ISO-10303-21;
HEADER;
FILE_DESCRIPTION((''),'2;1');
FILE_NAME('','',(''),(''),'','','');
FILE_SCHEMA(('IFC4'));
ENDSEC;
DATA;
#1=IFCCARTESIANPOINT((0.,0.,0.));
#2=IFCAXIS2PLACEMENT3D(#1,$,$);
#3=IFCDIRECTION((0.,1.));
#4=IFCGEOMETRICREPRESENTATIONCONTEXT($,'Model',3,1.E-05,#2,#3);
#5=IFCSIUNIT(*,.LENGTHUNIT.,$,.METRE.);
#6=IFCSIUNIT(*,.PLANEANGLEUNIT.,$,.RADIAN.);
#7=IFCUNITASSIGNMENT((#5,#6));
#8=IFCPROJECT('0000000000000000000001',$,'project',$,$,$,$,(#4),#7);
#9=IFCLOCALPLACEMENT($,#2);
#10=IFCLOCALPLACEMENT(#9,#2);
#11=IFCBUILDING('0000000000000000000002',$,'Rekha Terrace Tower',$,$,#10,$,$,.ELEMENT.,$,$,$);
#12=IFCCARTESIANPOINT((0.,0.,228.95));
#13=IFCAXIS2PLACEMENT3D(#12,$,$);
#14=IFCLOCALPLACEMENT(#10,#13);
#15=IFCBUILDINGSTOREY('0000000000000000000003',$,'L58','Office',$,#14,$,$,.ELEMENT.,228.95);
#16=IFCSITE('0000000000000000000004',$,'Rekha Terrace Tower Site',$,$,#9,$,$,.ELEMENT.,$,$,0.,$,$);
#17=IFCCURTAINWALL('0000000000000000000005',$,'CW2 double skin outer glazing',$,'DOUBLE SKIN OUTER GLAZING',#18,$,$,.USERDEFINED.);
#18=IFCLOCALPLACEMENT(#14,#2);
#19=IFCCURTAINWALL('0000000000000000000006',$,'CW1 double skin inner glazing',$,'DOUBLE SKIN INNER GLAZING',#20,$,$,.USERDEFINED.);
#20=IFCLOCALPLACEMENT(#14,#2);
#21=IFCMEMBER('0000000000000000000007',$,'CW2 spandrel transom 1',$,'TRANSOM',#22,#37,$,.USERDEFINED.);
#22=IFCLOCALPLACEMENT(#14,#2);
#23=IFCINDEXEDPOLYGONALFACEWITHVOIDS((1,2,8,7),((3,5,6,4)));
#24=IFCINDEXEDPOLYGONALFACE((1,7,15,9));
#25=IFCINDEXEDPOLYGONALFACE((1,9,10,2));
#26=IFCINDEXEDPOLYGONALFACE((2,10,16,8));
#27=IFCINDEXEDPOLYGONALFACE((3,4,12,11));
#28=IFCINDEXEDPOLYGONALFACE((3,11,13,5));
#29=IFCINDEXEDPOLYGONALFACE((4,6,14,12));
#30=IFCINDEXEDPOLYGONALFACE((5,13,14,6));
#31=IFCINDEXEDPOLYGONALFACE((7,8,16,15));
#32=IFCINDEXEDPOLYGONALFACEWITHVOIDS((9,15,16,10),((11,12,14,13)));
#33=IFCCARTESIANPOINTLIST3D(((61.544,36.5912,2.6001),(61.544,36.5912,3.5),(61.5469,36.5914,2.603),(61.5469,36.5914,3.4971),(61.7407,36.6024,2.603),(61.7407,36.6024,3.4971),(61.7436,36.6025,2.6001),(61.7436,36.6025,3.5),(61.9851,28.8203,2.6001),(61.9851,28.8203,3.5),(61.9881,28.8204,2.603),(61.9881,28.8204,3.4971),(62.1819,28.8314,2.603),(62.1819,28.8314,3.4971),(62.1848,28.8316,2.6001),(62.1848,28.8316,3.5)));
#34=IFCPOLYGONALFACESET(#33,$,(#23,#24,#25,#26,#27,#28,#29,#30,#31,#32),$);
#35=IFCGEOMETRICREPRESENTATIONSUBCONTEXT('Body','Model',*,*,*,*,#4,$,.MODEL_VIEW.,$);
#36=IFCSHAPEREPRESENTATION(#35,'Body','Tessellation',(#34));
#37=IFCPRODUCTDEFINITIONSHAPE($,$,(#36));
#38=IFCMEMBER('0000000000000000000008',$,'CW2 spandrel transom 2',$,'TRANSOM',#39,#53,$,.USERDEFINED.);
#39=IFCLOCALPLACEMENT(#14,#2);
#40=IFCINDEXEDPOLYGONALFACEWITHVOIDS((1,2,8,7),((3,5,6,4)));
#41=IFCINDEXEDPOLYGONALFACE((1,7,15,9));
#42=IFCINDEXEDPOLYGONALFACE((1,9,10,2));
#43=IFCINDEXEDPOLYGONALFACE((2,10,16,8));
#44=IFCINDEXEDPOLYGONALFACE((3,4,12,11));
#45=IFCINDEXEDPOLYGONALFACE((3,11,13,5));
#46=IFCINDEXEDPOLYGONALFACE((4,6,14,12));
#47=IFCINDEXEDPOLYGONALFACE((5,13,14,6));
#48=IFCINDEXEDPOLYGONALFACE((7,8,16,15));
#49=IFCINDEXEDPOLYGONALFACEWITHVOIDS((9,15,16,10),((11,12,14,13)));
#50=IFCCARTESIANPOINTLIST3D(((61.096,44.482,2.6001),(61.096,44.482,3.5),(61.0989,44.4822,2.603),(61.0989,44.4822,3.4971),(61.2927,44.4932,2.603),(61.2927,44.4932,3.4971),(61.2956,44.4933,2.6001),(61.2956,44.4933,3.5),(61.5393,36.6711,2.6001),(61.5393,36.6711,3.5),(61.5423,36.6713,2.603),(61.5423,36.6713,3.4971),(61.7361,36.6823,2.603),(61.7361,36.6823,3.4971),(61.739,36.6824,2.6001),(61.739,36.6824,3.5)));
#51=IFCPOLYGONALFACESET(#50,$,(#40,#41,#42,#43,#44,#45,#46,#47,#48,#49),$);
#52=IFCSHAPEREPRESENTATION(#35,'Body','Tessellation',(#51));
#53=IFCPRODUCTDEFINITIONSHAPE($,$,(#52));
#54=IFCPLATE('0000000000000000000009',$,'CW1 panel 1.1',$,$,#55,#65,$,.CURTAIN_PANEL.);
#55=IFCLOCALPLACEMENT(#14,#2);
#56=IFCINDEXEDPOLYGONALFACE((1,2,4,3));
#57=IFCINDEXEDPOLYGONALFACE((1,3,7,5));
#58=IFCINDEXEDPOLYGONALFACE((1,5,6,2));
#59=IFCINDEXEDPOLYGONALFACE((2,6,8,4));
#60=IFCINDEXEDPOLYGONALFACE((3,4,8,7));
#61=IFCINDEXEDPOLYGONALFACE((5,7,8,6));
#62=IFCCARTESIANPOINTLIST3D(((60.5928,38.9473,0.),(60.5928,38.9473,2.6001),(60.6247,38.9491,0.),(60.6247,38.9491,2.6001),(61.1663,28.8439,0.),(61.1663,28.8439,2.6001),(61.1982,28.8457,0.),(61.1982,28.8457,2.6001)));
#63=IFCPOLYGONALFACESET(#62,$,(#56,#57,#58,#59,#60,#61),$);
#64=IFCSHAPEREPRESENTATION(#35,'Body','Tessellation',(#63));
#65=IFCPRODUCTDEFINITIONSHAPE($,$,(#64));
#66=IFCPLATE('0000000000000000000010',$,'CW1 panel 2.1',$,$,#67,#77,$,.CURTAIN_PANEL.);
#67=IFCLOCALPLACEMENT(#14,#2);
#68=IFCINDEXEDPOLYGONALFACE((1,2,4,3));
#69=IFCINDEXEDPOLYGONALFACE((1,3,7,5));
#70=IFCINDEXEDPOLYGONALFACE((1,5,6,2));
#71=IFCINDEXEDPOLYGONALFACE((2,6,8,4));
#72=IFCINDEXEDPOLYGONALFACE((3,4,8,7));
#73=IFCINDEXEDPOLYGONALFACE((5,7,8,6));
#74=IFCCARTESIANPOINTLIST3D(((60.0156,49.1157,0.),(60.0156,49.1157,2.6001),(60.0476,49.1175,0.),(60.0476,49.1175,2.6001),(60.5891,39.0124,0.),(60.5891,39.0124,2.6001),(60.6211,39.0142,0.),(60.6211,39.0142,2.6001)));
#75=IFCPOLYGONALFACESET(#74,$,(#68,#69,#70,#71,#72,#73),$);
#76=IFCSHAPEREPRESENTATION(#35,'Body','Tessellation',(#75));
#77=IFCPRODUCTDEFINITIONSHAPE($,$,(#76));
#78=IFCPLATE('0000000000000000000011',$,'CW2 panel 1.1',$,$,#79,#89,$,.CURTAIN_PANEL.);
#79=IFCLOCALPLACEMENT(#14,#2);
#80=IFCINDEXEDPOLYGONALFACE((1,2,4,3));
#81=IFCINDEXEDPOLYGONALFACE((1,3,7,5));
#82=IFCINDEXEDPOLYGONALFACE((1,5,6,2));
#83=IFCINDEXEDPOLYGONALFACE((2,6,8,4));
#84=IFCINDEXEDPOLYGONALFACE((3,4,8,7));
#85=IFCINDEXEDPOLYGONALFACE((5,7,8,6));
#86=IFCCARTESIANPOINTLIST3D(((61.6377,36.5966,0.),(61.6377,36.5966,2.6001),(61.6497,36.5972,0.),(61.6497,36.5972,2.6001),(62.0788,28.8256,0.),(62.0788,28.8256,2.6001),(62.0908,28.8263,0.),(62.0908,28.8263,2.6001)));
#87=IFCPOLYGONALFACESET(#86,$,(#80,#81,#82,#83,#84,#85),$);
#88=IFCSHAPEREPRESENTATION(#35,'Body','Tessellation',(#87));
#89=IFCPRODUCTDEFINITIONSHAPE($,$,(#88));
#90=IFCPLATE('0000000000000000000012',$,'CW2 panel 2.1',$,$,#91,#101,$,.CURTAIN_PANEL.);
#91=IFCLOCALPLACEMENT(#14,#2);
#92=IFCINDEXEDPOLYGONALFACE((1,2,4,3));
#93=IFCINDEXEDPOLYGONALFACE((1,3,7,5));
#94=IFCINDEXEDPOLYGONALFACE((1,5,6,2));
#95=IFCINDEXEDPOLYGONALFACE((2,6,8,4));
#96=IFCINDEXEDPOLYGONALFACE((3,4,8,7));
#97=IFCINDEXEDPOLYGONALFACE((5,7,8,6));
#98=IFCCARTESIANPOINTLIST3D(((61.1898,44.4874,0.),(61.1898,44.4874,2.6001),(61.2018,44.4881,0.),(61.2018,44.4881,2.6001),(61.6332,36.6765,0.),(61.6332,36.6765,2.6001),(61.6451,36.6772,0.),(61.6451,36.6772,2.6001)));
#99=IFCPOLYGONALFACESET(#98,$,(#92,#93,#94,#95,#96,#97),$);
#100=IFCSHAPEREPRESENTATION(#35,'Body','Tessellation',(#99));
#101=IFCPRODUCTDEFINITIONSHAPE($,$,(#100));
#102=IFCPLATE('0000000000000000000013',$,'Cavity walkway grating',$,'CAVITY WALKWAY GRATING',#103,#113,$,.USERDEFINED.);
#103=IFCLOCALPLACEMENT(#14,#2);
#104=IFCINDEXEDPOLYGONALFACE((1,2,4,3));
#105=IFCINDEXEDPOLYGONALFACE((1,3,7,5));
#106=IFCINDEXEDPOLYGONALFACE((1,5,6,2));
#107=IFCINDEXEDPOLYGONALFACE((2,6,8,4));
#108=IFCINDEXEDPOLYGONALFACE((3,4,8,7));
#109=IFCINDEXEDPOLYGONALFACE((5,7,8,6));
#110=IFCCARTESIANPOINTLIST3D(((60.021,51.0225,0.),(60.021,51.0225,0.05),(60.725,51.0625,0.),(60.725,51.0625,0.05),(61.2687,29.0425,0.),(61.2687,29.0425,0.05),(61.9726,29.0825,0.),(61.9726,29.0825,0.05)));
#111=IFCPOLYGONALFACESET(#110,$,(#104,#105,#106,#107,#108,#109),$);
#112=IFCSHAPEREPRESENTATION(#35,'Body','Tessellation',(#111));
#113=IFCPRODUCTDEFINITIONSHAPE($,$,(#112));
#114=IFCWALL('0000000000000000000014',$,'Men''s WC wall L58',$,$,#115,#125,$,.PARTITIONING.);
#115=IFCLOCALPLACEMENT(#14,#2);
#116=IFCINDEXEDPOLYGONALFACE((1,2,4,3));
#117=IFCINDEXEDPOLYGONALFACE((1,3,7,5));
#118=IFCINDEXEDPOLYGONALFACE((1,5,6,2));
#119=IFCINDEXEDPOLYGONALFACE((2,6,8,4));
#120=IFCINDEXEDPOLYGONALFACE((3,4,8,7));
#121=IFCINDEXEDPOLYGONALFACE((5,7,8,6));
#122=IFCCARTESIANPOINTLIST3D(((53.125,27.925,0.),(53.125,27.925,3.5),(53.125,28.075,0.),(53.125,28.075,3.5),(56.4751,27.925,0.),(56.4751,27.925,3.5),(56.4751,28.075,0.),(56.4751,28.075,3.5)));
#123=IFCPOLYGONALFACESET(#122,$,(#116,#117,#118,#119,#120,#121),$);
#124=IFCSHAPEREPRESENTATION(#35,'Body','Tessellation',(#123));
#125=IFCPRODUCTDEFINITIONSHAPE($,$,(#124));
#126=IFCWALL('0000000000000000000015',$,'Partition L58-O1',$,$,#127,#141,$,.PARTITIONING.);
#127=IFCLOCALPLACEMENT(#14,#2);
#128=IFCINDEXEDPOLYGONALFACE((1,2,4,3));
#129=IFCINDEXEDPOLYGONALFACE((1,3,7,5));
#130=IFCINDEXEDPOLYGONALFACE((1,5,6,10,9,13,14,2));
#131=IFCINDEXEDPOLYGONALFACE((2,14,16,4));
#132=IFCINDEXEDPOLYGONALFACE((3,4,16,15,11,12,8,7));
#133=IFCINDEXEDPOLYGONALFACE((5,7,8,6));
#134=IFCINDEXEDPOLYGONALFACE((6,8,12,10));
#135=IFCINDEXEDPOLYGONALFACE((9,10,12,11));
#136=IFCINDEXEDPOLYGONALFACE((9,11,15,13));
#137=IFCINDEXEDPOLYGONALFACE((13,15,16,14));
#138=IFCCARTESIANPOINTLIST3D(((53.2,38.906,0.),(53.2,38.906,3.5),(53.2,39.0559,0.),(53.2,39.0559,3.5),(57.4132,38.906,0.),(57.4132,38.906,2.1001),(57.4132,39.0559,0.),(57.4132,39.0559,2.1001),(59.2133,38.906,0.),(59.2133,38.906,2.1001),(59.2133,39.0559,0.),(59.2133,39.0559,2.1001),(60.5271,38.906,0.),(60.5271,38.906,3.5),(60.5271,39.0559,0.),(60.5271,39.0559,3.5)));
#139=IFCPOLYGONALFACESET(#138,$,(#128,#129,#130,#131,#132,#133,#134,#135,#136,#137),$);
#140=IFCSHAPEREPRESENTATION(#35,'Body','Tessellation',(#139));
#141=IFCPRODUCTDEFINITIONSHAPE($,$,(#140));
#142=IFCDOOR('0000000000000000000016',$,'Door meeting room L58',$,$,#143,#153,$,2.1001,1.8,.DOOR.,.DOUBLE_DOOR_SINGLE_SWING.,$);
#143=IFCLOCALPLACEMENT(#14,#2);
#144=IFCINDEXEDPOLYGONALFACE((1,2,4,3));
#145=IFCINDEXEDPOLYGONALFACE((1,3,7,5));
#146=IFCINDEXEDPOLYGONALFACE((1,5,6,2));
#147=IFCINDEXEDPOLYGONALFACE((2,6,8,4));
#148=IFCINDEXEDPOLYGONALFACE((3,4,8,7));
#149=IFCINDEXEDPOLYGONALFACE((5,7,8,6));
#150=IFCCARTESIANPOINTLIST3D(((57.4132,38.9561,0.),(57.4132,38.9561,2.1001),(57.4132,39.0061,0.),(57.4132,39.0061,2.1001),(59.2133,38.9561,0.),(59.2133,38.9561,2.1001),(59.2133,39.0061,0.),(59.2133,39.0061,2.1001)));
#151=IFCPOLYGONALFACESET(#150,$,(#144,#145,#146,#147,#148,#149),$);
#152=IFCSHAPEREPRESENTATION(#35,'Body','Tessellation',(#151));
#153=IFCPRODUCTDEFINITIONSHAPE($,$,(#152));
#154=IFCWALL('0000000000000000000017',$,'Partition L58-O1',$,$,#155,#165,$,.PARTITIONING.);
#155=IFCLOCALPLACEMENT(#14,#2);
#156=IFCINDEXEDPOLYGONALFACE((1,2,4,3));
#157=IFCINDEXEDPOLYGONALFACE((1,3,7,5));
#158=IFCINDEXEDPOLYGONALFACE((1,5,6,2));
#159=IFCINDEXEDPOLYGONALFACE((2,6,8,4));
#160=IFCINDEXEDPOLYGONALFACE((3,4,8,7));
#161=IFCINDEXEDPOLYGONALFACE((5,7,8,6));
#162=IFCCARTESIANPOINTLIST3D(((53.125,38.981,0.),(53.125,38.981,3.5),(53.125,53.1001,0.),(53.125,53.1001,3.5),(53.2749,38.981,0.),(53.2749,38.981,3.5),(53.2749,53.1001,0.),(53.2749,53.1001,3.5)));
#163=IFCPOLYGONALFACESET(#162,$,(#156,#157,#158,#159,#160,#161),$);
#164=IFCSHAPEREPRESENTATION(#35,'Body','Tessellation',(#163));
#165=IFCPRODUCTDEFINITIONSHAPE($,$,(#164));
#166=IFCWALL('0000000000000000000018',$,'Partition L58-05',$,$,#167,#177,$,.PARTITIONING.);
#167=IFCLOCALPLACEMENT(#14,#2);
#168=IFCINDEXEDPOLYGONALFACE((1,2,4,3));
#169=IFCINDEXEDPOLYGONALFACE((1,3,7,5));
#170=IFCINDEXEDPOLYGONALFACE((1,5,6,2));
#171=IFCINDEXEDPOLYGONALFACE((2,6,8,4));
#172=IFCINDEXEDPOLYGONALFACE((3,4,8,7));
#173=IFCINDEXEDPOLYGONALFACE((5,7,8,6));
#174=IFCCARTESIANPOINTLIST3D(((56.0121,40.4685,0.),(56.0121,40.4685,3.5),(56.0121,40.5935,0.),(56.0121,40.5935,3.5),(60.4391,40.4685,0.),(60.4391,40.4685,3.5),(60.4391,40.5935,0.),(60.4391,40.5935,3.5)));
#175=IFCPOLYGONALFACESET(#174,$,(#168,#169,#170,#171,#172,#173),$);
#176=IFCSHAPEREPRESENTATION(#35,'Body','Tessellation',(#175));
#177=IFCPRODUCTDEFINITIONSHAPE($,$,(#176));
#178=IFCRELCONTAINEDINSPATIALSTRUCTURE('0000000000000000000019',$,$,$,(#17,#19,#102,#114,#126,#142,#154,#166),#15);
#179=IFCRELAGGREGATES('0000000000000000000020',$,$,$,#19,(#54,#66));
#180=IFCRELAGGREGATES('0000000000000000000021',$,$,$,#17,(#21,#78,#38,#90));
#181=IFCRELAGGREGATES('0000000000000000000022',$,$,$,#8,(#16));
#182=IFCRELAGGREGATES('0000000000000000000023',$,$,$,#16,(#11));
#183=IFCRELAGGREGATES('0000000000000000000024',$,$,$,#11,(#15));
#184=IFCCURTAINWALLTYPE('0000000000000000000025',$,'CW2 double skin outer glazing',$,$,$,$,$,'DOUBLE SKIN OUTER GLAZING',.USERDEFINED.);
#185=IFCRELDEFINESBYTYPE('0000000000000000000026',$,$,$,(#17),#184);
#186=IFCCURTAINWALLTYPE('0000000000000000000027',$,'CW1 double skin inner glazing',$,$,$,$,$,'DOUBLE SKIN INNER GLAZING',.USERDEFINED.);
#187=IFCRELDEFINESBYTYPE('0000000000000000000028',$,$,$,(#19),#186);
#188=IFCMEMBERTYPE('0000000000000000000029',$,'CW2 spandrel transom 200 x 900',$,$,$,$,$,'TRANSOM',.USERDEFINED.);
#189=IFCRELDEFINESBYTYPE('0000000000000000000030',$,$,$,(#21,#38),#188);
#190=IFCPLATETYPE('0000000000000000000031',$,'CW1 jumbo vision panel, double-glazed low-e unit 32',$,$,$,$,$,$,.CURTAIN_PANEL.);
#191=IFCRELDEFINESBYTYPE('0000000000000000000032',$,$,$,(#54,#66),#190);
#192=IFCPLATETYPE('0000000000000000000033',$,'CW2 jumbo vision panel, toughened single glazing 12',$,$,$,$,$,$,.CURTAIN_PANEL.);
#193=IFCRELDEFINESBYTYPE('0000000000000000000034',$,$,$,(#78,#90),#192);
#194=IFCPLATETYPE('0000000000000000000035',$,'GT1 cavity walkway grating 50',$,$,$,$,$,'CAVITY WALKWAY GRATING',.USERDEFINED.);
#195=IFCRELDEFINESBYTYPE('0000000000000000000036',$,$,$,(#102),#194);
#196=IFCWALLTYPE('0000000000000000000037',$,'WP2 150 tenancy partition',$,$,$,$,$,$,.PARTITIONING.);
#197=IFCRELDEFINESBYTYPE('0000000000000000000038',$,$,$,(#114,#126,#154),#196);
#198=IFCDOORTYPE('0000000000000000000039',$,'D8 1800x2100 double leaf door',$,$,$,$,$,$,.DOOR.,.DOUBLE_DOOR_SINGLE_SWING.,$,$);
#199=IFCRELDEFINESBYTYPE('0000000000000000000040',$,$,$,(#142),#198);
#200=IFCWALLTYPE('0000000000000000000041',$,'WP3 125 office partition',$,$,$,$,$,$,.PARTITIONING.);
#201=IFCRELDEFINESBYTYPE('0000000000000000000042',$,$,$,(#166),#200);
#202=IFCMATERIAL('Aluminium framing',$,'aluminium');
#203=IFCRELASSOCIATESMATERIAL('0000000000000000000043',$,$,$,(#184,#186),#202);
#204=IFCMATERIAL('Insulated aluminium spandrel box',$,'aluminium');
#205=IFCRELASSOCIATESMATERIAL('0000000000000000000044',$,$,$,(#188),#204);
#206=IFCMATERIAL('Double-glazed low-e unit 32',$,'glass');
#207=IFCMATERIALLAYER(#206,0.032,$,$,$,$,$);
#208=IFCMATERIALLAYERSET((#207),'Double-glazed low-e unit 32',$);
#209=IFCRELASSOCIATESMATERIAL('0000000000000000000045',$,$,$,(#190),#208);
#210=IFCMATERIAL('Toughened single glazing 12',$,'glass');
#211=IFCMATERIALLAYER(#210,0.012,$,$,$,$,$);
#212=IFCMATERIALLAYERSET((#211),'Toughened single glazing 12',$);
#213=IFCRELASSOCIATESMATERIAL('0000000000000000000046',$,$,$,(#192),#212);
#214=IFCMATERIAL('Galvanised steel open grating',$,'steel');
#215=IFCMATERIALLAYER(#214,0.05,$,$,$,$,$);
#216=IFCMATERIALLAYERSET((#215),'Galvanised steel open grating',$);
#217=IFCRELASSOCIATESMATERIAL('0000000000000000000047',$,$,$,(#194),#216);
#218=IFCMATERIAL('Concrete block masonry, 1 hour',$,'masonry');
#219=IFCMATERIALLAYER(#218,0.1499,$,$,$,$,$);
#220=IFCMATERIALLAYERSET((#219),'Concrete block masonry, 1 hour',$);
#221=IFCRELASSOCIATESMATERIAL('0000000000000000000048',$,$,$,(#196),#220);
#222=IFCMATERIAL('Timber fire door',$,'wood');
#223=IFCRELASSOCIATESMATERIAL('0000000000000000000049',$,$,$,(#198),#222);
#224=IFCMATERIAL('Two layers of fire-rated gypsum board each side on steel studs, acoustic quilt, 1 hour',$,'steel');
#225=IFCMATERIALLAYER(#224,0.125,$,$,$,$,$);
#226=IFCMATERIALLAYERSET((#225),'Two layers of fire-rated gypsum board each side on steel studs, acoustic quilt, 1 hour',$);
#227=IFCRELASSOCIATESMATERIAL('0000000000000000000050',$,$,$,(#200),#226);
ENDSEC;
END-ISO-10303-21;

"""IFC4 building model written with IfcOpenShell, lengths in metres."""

from ifc_helpers import new_model, si_unit, direction, frame, frame_2d, origin, origin_2d, place, context, subcontext, project, spatial, rectangle, hollow_rectangle, extrude, material, layer, layer_set, material_profile, profile_set, type_object, element, fill, aggregate, save


model = new_model("IFC4")

# Units and contexts
model_context = context("Model", 3, precision=1e-05, world=origin(), true_north=direction((0.0, 1.0)))
body_context = subcontext(model_context, "Body", "Model", "MODEL_VIEW")
ifc_project = project(units=[si_unit("LENGTHUNIT", "METRE"), si_unit("PLANEANGLEUNIT", "RADIAN")], contexts=[model_context])

# Site, building, storey
site_placement = place(None, origin())
site = spatial("IfcSite", under=ifc_project, at=site_placement, Name="Rekha Terrace Tower Site", CompositionType="ELEMENT", RefElevation=0.0)
building_placement = place(site_placement, origin())
building = spatial("IfcBuilding", under=site, at=building_placement, Name="Rekha Terrace Tower", CompositionType="ELEMENT")
storey_placement = place(building_placement, frame((0.0, 0.0, 228.95)))
storey = spatial("IfcBuildingStorey", under=building, at=storey_placement, Name="L58", Description="Office", CompositionType="ELEMENT", Elevation=228.95)

# Curtain walls
ifc_material_1 = material(Name="Aluminium framing", Category="aluminium")
curtain_wall_type_1 = type_object("IfcCurtainWallType", Name="CW2 double skin outer glazing", ElementType="DOUBLE SKIN OUTER GLAZING", PredefinedType="USERDEFINED", material=ifc_material_1)
curtain_wall_1_placement = place(storey_placement, origin())
curtain_wall_1 = element("IfcCurtainWall", 1, at=curtain_wall_1_placement, inside=storey, type_object=curtain_wall_type_1, Name="CW2 double skin outer glazing", ObjectType="DOUBLE SKIN OUTER GLAZING", PredefinedType="USERDEFINED")
curtain_wall_type_2 = type_object("IfcCurtainWallType", Name="CW1 double skin inner glazing", ElementType="DOUBLE SKIN INNER GLAZING", PredefinedType="USERDEFINED", material=ifc_material_1)
curtain_wall_2_placement = place(storey_placement, origin())
curtain_wall_2 = element("IfcCurtainWall", 2, at=curtain_wall_2_placement, inside=storey, type_object=curtain_wall_type_2, Name="CW1 double skin inner glazing", ObjectType="DOUBLE SKIN INNER GLAZING", PredefinedType="USERDEFINED")
ifc_material_2 = material(Name="Insulated aluminium spandrel box", Category="aluminium")

# Members
ifc_material_profile_1 = material_profile(ifc_material_2, hollow_rectangle(XDim=0.2, YDim=0.8999, WallThickness=0.0029, at=origin_2d()), Name="AL SPANDREL BOX 200x900")
ifc_profile_set_1 = profile_set([ifc_material_profile_1], Name="Insulated aluminium spandrel box")
member_type_1 = type_object("IfcMemberType", Name="CW2 spandrel transom 200 x 900", ElementType="TRANSOM", PredefinedType="USERDEFINED", material=ifc_profile_set_1)
member_1_placement = place(storey_placement, frame((62.085, 28.8259, 3.05), z_axis=(-0.056679, 0.998392, 0.0), x_axis=(-0.998392, -0.056679, 0.0)))
member_1 = element("IfcMember", 3, at=member_1_placement, type_object=member_type_1, Name="CW2 spandrel transom 1", ObjectType="TRANSOM", PredefinedType="USERDEFINED", context=body_context, shape_type="SweptSolid", body=[
    extrude(hollow_rectangle(XDim=0.2, YDim=0.8999, WallThickness=0.0029, at=origin_2d()), origin(), (0.0, 0.0, 1.0), 7.7834),
])
member_2_placement = place(storey_placement, frame((61.6392, 36.6768, 3.05), z_axis=(-0.056669, 0.998393, 0.0), x_axis=(-0.998393, -0.056669, 0.0)))
member_2 = element("IfcMember", 4, at=member_2_placement, type_object=member_type_1, Name="CW2 spandrel transom 2", ObjectType="TRANSOM", PredefinedType="USERDEFINED", context=body_context, shape_type="SweptSolid", body=[
    extrude(hollow_rectangle(XDim=0.2, YDim=0.8999, WallThickness=0.0029, at=origin_2d()), origin(), (0.0, 0.0, 1.0), 7.8235),
])

# Plates
ifc_material_3 = material(Name="Double-glazed low-e unit 32", Category="glass")
ifc_layer_1 = layer(ifc_material_3, 0.032)
ifc_layer_set_1 = layer_set([ifc_layer_1], Name="Double-glazed low-e unit 32")
plate_type_1 = type_object("IfcPlateType", Name="CW1 jumbo vision panel, double-glazed low-e unit 32", PredefinedType="CURTAIN_PANEL", material=ifc_layer_set_1)
plate_1_placement = place(storey_placement, frame((60.8955, 33.8965, 0.0), z_axis=(0.0, 0.0, 1.0), x_axis=(-0.056673, 0.998393, 0.0)))
plate_1 = element("IfcPlate", 5, at=plate_1_placement, type_object=plate_type_1, Name="CW1 panel 1.1", PredefinedType="CURTAIN_PANEL", context=body_context, shape_type="SweptSolid", body=[
    extrude(rectangle(XDim=10.1196, YDim=0.032, at=origin_2d()), origin(), (0.0, 0.0, 1.0), 2.6001),
])
plate_2_placement = place(storey_placement, frame((60.3184, 44.0649, 0.0), z_axis=(0.0, 0.0, 1.0), x_axis=(-0.056673, 0.998393, 0.0)))
plate_2 = element("IfcPlate", 6, at=plate_2_placement, type_object=plate_type_1, Name="CW1 panel 2.1", PredefinedType="CURTAIN_PANEL", context=body_context, shape_type="SweptSolid", body=[
    extrude(rectangle(XDim=10.1196, YDim=0.032, at=origin_2d()), origin(), (0.0, 0.0, 1.0), 2.6001),
])
aggregate(curtain_wall_2, [plate_1, plate_2])
ifc_material_4 = material(Name="Toughened single glazing 12", Category="glass")
ifc_layer_2 = layer(ifc_material_4, 0.012)
ifc_layer_set_2 = layer_set([ifc_layer_2], Name="Toughened single glazing 12")
plate_type_2 = type_object("IfcPlateType", Name="CW2 jumbo vision panel, toughened single glazing 12", PredefinedType="CURTAIN_PANEL", material=ifc_layer_set_2)
plate_3_placement = place(storey_placement, frame((61.8643, 32.7114, 0.0), z_axis=(0.0, 0.0, 1.0), x_axis=(-0.056673, 0.998393, 0.0)))
plate_3 = element("IfcPlate", 7, at=plate_3_placement, type_object=plate_type_2, Name="CW2 panel 1.1", PredefinedType="CURTAIN_PANEL", context=body_context, shape_type="SweptSolid", body=[
    extrude(rectangle(XDim=7.7834, YDim=0.012, at=origin_2d()), origin(), (0.0, 0.0, 1.0), 2.6001),
])
plate_4_placement = place(storey_placement, frame((61.4175, 40.5823, 0.0), z_axis=(0.0, 0.0, 1.0), x_axis=(-0.056673, 0.998393, 0.0)))
plate_4 = element("IfcPlate", 8, at=plate_4_placement, type_object=plate_type_2, Name="CW2 panel 2.1", PredefinedType="CURTAIN_PANEL", context=body_context, shape_type="SweptSolid", body=[
    extrude(rectangle(XDim=7.8235, YDim=0.012, at=origin_2d()), origin(), (0.0, 0.0, 1.0), 2.6001),
])
aggregate(curtain_wall_1, [member_1, plate_3, member_2, plate_4])
ifc_material_5 = material(Name="Galvanised steel open grating", Category="steel")
ifc_layer_3 = layer(ifc_material_5, 0.05)
ifc_layer_set_3 = layer_set([ifc_layer_3], Name="Galvanised steel open grating")
plate_type_3 = type_object("IfcPlateType", Name="GT1 cavity walkway grating 50", ElementType="CAVITY WALKWAY GRATING", PredefinedType="USERDEFINED", material=ifc_layer_set_3)
plate_5_placement = place(storey_placement, frame((60.9968, 40.0525, 0.0), z_axis=(0.0, 0.0, 1.0), x_axis=(-0.056673, 0.998393, 0.0)))
element("IfcPlate", 9, at=plate_5_placement, inside=storey, type_object=plate_type_3, Name="Cavity walkway grating", ObjectType="CAVITY WALKWAY GRATING", PredefinedType="USERDEFINED", context=body_context, shape_type="SweptSolid", body=[
    extrude(rectangle(XDim=22.0154, YDim=0.7051, at=origin_2d()), origin(), (0.0, 0.0, 1.0), 0.05),
])

# Wall
ifc_material_6 = material(Name="Concrete block masonry, 1 hour", Category="masonry")
ifc_layer_4 = layer(ifc_material_6, 0.1499)
ifc_layer_set_4 = layer_set([ifc_layer_4], Name="Concrete block masonry, 1 hour")
wall_type_1 = type_object("IfcWallType", Name="WP2 150 tenancy partition", PredefinedType="PARTITIONING", material=ifc_layer_set_4)
wall_1_placement = place(storey_placement, frame((53.125, 28.0, 0.0), z_axis=(0.0, 0.0, 1.0), x_axis=(1.0, 0.0, 0.0)))
element("IfcWall", 10, at=wall_1_placement, inside=storey, type_object=wall_type_1, Name="Men's WC wall L58", PredefinedType="PARTITIONING", context=body_context, shape_type="SweptSolid", body=[
    extrude(rectangle(XDim=3.3501, YDim=0.1499, at=frame_2d((1.675, 0.0))), origin(), (0.0, 0.0, 1.0), 3.5),
])

# Wall, opening, door
wall_2_placement = place(storey_placement, frame((60.5271, 38.981, 0.0), z_axis=(0.0, 0.0, 1.0), x_axis=(-1.0, 0.0, 0.0)))
wall_2 = element("IfcWall", 11, at=wall_2_placement, inside=storey, type_object=wall_type_1, Name="Partition L58-O1", PredefinedType="PARTITIONING", context=body_context, shape_type="SweptSolid", body=[
    extrude(rectangle(XDim=7.3271, YDim=0.1499, at=frame_2d((3.6636, 0.0))), origin(), (0.0, 0.0, 1.0), 3.5),
])
opening_1_placement = place(wall_2_placement, frame((1.314, 0.0, 0.0)))
opening_1 = element("IfcOpeningElement", 12, at=opening_1_placement, cuts=wall_2, PredefinedType="OPENING", context=body_context, shape_type="SweptSolid", body=[
    extrude(rectangle(XDim=1.8, YDim=2.1001, at=frame_2d((0.8999, 1.05))), frame((0.0, 0.085, 0.0), z_axis=(0.0, -1.0, 0.0), x_axis=(1.0, 0.0, 0.0)), (0.0, 0.0, 1.0), 0.1699),
])
ifc_material_7 = material(Name="Timber fire door", Category="wood")
door_type_1 = type_object("IfcDoorType", Name="D8 1800x2100 double leaf door", OperationType="DOUBLE_DOOR_SINGLE_SWING", PredefinedType="DOOR", material=ifc_material_7)
door_1_placement = place(opening_1_placement, origin())
door_1 = element("IfcDoor", 13, at=door_1_placement, inside=storey, type_object=door_type_1, Name="Door meeting room L58", OperationType="DOUBLE_DOOR_SINGLE_SWING", OverallHeight=2.1001, OverallWidth=1.8, PredefinedType="DOOR", context=body_context, shape_type="SweptSolid", body=[
    extrude(rectangle(XDim=1.8, YDim=2.1001, at=frame_2d((0.8999, 1.05))), frame((0.0, 0.0249, 0.0), z_axis=(0.0, -1.0, 0.0), x_axis=(1.0, 0.0, 0.0)), (0.0, 0.0, 1.0), 0.05),
])
fill(opening_1, door_1)

# Walls
wall_3_placement = place(storey_placement, frame((53.2, 38.981, 0.0), z_axis=(0.0, 0.0, 1.0), x_axis=(0.0, 1.0, 0.0)))
element("IfcWall", 14, at=wall_3_placement, inside=storey, type_object=wall_type_1, Name="Partition L58-O1", PredefinedType="PARTITIONING", context=body_context, shape_type="SweptSolid", body=[
    extrude(rectangle(XDim=14.1191, YDim=0.1499, at=frame_2d((7.0596, 0.0))), origin(), (0.0, 0.0, 1.0), 3.5),
])
ifc_material_8 = material(Name="Two layers of fire-rated gypsum board each side on steel studs, acoustic quilt, 1 hour", Category="steel")
ifc_layer_5 = layer(ifc_material_8, 0.125)
ifc_layer_set_5 = layer_set([ifc_layer_5], Name="Two layers of fire-rated gypsum board each side on steel studs, acoustic quilt, 1 hour")
wall_type_2 = type_object("IfcWallType", Name="WP3 125 office partition", PredefinedType="PARTITIONING", material=ifc_layer_set_5)
wall_4_placement = place(storey_placement, frame((60.439, 40.531, 0.0), z_axis=(0.0, 0.0, 1.0), x_axis=(-1.0, 0.0, 0.0)))
element("IfcWall", 15, at=wall_4_placement, inside=storey, type_object=wall_type_2, Name="Partition L58-05", PredefinedType="PARTITIONING", context=body_context, shape_type="SweptSolid", body=[
    extrude(rectangle(XDim=4.427, YDim=0.125, at=frame_2d((2.2134, 0.0))), origin(), (0.0, 0.0, 1.0), 3.5),
])

save(model, "model.ifc")
